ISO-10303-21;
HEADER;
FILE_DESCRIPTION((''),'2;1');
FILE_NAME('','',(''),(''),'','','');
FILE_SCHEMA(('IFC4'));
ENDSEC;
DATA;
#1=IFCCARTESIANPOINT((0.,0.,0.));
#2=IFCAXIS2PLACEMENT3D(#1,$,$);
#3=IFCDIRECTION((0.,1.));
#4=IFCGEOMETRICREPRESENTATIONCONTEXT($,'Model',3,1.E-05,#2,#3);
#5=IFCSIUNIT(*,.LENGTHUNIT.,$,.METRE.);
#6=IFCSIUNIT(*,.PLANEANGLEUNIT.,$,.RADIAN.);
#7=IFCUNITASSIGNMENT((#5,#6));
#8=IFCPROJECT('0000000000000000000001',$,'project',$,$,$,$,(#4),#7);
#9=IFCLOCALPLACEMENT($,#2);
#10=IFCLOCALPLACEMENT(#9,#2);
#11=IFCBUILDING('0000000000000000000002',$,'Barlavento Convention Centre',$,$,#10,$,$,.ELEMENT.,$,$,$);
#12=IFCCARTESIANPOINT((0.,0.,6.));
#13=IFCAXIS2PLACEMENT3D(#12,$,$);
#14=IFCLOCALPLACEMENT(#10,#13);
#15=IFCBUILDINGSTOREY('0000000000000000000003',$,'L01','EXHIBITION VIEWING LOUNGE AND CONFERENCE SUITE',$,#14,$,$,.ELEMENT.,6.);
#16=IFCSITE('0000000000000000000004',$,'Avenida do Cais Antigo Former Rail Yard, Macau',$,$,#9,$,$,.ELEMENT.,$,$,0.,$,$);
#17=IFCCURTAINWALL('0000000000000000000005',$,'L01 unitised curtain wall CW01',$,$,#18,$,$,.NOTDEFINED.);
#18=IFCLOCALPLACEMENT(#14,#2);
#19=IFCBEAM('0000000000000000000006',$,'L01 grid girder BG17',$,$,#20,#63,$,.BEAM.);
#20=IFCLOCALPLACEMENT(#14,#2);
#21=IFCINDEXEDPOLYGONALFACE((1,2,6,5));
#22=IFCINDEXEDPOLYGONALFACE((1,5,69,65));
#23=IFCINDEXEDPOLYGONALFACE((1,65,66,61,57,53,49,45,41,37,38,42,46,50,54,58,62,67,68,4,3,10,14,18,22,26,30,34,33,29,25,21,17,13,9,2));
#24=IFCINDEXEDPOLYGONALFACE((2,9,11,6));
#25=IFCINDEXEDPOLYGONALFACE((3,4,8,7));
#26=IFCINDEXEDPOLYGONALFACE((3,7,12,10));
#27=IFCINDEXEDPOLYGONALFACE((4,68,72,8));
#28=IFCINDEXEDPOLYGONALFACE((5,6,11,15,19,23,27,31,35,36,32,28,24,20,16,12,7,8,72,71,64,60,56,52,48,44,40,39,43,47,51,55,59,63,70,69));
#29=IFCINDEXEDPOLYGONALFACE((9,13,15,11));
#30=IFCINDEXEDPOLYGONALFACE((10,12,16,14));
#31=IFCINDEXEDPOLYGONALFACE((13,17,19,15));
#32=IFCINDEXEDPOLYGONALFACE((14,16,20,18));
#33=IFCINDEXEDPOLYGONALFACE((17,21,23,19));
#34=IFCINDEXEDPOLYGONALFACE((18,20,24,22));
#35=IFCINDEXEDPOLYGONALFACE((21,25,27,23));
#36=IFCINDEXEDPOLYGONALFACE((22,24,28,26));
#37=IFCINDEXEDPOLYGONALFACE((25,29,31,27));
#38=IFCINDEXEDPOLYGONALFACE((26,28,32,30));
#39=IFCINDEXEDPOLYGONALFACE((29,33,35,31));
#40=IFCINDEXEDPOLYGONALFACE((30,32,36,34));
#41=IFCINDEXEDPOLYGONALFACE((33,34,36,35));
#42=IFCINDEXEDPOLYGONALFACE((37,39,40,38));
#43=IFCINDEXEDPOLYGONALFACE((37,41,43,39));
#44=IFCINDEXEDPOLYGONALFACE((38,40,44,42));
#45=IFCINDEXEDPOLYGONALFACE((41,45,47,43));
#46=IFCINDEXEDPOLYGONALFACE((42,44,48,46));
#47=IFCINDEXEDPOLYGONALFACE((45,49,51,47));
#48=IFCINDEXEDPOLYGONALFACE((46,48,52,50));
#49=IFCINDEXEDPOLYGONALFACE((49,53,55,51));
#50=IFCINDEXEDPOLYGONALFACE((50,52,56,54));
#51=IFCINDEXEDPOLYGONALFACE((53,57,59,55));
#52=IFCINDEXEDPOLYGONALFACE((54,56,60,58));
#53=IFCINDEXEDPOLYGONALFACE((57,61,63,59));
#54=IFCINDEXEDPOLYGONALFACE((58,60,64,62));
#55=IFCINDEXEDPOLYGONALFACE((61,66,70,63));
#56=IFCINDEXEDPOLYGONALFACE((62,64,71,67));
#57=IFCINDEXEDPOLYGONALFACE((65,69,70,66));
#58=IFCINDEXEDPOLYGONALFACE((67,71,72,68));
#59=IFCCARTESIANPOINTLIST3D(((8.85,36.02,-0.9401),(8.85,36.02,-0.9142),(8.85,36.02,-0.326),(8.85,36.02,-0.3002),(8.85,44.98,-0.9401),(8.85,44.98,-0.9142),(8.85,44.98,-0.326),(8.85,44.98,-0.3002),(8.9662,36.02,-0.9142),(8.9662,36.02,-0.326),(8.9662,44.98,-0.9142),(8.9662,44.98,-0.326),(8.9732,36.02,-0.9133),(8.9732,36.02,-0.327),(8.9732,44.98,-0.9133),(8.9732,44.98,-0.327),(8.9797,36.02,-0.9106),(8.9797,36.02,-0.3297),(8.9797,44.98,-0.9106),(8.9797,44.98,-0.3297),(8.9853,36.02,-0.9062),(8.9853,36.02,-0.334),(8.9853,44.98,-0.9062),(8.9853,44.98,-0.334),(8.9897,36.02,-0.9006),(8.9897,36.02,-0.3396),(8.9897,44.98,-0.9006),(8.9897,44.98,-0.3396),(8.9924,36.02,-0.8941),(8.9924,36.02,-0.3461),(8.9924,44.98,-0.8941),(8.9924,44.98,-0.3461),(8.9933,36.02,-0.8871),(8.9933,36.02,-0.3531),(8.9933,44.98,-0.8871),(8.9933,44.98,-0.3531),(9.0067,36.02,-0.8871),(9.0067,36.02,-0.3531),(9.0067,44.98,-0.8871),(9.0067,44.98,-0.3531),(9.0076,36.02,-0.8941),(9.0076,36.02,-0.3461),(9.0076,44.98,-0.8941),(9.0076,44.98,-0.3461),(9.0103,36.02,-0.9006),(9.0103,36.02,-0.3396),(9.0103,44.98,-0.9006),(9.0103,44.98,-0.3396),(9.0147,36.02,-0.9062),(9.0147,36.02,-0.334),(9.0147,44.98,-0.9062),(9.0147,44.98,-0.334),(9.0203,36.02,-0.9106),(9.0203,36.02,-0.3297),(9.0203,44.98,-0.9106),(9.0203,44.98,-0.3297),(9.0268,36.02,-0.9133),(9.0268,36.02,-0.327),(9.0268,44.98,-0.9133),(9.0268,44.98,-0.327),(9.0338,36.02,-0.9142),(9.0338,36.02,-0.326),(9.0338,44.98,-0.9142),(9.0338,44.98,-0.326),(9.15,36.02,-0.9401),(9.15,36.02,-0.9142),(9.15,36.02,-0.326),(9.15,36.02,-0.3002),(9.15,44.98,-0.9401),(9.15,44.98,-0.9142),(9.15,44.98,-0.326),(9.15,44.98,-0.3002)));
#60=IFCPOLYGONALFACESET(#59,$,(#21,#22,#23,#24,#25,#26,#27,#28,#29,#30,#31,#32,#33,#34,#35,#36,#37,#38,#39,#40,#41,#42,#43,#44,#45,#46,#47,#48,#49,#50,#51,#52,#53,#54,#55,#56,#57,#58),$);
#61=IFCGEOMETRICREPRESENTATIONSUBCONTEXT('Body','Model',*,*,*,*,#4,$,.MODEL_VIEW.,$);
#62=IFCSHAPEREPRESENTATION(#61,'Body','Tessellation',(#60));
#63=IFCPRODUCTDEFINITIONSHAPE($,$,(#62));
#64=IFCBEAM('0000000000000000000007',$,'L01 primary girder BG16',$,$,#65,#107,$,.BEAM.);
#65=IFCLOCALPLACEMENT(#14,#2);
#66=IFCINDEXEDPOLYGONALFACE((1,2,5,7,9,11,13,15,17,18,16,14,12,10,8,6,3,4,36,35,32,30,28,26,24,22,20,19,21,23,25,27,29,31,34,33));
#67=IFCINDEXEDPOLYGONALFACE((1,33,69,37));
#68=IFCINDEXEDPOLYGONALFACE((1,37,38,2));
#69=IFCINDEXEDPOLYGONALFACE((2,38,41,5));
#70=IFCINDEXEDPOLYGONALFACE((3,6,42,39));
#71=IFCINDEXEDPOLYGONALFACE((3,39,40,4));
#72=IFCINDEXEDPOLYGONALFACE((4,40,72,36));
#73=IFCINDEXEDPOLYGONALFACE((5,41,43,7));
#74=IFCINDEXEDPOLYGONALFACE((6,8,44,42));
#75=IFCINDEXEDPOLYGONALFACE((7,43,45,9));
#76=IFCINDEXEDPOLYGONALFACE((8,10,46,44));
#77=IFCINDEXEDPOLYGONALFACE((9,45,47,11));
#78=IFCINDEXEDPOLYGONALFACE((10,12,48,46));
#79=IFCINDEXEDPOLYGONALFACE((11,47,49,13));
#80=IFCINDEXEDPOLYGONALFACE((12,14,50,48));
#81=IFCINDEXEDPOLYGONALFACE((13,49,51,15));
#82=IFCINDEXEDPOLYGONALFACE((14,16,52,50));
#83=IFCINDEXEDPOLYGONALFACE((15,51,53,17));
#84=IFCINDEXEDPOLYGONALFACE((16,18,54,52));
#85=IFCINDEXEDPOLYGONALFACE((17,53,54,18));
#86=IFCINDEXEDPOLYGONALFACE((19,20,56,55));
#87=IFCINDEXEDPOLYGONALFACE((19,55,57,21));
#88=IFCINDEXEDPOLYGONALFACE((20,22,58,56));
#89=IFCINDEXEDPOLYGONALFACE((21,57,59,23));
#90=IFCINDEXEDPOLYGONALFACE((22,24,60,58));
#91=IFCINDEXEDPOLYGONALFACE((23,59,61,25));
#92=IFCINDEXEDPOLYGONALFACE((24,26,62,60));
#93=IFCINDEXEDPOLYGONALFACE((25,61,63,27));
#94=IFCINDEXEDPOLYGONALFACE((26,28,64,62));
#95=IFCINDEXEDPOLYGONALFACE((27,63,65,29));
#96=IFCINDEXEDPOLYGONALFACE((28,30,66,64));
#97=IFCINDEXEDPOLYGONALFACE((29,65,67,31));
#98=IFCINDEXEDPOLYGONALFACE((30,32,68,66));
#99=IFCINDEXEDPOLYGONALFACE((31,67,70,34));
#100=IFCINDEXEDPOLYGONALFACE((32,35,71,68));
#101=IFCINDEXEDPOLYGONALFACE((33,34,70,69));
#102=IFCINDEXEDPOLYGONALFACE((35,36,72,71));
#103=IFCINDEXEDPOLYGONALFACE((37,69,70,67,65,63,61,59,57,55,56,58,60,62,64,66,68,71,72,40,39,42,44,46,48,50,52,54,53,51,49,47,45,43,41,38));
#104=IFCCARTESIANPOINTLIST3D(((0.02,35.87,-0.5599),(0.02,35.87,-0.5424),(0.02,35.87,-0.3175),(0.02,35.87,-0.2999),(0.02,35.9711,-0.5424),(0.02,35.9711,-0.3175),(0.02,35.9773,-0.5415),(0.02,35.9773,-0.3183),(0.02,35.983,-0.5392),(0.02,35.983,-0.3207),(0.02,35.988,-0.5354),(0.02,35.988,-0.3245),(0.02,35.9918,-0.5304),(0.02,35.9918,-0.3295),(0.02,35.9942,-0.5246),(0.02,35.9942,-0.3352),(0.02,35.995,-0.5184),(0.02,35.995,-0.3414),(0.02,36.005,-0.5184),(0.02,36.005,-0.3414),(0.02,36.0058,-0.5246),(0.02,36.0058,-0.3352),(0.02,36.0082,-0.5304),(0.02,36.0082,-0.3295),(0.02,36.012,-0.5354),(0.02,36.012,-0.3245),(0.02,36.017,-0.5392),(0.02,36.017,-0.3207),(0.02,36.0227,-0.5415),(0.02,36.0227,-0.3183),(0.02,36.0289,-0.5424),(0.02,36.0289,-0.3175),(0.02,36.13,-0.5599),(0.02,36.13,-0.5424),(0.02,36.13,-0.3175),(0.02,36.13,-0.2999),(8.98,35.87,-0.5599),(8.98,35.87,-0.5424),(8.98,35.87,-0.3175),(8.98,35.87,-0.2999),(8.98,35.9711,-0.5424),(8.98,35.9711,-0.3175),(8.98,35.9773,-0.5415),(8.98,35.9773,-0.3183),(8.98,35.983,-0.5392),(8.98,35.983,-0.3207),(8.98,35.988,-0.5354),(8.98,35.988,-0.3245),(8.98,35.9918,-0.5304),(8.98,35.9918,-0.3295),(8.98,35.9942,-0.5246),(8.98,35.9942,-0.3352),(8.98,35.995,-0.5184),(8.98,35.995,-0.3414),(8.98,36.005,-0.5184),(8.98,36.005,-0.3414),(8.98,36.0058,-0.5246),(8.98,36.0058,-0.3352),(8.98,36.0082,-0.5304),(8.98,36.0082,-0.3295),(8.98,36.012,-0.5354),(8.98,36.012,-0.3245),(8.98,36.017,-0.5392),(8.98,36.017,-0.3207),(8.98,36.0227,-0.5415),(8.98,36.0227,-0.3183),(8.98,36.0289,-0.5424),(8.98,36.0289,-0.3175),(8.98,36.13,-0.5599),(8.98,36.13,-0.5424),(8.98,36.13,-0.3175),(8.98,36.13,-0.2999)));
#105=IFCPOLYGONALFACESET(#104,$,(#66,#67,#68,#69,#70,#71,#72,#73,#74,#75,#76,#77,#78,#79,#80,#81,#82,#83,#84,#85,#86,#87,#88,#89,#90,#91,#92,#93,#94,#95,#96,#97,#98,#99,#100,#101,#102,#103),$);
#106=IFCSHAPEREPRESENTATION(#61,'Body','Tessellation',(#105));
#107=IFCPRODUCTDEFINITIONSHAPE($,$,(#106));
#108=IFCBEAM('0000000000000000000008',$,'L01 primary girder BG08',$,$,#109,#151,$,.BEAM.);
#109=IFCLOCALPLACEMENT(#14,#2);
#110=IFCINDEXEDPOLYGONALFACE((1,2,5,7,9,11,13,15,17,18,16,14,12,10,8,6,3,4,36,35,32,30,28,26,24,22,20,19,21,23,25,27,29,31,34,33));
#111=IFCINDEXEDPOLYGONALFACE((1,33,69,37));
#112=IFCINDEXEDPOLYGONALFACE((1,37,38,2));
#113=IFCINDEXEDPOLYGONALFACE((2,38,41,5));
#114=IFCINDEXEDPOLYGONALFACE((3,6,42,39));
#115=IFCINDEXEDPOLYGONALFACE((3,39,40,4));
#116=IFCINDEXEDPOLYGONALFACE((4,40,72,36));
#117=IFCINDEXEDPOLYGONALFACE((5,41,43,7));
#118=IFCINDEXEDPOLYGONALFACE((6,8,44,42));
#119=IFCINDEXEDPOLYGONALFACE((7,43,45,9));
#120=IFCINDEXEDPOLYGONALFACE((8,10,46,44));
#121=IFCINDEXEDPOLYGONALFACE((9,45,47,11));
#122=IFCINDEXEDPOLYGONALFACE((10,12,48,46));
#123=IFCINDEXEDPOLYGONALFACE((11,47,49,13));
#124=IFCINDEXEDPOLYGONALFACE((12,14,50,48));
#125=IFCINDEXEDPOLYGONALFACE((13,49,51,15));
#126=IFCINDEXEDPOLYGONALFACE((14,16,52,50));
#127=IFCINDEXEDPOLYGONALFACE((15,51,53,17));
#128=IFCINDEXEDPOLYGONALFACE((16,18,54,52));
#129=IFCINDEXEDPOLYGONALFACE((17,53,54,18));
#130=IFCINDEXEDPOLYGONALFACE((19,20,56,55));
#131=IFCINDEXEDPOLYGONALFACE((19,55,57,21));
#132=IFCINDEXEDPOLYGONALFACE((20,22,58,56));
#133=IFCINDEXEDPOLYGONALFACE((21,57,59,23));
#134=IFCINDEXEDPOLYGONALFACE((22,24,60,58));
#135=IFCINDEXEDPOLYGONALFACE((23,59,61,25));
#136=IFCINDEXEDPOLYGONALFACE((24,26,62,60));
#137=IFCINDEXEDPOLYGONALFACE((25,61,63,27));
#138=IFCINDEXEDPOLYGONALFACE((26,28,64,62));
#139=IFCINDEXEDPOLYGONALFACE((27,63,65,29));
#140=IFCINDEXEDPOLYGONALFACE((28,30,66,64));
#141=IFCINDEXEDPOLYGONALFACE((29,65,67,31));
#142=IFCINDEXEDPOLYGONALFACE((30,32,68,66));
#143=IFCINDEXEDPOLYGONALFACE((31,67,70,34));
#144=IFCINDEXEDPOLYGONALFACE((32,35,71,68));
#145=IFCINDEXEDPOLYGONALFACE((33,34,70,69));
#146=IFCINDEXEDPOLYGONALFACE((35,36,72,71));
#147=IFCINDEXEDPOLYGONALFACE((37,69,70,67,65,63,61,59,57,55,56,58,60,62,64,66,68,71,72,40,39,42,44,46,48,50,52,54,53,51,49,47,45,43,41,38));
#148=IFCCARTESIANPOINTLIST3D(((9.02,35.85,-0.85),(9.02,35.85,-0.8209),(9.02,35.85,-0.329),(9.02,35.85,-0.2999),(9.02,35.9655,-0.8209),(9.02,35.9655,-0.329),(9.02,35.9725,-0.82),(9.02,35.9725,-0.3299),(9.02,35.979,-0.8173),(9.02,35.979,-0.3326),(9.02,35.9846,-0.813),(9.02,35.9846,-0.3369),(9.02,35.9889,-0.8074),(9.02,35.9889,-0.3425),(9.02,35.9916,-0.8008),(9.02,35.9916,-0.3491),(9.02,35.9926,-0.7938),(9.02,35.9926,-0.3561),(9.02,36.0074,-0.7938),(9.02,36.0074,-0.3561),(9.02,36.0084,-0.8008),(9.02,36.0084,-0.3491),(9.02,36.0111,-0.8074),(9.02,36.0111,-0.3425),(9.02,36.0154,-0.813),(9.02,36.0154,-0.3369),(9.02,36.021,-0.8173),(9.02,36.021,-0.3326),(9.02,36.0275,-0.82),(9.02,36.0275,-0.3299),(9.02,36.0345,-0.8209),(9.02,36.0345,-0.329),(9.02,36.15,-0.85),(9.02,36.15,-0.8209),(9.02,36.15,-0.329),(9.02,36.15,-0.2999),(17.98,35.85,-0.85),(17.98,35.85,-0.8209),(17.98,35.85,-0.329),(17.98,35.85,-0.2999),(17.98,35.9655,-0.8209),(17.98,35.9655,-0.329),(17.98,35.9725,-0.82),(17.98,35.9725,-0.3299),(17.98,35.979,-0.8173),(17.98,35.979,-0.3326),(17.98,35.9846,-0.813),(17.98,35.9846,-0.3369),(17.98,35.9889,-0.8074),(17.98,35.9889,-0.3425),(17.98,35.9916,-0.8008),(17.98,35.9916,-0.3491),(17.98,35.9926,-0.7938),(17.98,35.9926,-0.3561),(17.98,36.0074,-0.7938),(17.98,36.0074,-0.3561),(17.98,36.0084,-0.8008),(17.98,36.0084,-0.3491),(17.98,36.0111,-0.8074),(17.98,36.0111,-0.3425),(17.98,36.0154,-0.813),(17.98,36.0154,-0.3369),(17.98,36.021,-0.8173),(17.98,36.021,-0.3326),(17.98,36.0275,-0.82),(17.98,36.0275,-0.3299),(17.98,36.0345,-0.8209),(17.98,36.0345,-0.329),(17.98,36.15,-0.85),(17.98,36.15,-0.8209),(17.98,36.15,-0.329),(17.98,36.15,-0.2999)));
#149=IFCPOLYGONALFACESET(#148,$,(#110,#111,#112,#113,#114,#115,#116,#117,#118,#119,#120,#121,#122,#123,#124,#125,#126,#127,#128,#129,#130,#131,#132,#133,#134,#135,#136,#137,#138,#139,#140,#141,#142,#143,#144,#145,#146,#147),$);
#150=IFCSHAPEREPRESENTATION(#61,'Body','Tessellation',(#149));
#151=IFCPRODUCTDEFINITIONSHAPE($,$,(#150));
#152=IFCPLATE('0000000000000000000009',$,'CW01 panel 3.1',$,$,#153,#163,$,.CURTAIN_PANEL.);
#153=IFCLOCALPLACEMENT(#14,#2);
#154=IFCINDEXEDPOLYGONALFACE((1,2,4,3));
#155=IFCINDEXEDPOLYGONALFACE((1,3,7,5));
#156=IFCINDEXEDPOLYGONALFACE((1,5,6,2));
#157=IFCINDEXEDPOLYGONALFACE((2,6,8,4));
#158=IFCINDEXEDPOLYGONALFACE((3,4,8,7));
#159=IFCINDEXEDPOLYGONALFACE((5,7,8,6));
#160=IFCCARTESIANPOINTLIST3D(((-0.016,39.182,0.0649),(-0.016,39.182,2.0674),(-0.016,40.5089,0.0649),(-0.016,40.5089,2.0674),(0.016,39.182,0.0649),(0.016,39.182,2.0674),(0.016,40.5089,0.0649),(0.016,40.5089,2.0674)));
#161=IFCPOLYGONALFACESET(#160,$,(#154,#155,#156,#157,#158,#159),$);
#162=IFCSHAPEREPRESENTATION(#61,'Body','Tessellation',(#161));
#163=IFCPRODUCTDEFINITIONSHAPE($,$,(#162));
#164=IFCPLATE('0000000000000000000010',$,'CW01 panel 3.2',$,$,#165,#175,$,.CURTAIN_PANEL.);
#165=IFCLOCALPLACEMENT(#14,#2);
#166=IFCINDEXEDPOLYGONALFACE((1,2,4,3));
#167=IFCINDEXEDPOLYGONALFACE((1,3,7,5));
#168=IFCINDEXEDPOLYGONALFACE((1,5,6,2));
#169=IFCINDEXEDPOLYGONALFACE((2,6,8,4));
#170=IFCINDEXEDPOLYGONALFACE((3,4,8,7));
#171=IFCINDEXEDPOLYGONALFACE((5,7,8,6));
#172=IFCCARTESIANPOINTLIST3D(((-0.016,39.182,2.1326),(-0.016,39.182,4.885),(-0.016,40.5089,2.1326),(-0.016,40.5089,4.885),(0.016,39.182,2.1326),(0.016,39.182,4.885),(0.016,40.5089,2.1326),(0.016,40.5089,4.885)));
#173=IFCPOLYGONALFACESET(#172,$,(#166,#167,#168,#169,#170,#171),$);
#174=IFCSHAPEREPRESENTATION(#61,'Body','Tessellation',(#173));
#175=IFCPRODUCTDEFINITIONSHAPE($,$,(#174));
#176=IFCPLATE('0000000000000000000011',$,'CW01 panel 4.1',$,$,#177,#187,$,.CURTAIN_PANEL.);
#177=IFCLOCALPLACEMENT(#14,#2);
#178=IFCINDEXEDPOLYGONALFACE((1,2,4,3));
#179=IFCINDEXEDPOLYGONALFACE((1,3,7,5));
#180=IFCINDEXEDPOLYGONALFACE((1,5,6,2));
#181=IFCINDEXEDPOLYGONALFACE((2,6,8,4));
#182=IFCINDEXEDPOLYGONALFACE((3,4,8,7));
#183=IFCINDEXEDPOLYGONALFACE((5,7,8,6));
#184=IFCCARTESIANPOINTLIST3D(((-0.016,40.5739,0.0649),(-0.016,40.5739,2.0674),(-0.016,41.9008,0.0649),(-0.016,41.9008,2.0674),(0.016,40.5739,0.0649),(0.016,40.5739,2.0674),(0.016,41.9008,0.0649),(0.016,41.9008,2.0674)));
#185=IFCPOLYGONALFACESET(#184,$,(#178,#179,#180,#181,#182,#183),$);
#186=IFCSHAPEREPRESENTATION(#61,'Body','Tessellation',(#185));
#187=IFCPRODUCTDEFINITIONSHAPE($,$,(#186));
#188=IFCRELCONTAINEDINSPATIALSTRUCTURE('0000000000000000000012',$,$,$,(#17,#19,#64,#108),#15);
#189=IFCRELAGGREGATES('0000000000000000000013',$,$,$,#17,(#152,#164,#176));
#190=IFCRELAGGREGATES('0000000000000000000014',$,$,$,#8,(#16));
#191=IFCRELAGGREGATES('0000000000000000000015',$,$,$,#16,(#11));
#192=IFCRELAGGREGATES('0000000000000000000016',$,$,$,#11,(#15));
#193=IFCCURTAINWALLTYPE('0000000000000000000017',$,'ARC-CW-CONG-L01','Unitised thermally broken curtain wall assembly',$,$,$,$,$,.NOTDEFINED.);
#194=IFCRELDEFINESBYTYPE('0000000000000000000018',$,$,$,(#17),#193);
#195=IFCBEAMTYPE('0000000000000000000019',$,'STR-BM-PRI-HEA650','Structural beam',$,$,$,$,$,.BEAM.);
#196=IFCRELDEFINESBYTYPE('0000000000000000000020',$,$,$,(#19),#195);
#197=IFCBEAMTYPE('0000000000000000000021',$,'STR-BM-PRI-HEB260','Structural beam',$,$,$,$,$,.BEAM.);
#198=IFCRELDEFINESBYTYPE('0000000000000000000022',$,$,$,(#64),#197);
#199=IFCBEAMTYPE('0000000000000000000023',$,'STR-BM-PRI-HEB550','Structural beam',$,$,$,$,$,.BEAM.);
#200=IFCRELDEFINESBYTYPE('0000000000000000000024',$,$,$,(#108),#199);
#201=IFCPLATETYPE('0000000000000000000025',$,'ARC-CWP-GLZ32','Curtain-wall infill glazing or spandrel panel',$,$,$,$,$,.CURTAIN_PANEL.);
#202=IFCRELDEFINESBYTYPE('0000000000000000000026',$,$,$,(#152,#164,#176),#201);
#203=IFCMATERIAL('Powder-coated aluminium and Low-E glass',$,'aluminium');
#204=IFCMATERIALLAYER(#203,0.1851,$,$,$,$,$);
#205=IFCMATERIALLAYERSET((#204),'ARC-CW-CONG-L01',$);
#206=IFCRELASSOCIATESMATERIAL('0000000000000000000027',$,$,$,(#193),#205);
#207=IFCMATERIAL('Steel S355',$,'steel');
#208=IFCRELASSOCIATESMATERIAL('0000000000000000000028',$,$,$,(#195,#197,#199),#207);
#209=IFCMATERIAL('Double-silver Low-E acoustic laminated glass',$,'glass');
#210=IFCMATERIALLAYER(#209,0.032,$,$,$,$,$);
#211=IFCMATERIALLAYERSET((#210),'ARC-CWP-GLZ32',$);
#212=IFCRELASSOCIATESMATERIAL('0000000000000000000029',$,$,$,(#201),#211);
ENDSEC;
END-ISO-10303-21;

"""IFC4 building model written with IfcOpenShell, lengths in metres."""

from ifc_helpers import new_model, si_unit, direction, frame, origin, origin_2d, place, context, subcontext, project, spatial, rectangle, i_section, extrude, material, layer, layer_set, material_profile, profile_set, type_object, element, aggregate, save


model = new_model("IFC4")

# Units and contexts
model_context = context("Model", 3, precision=1e-05, world=origin(), true_north=direction((0.0, 1.0)))
body_context = subcontext(model_context, "Body", "Model", "MODEL_VIEW")
ifc_project = project(units=[si_unit("LENGTHUNIT", "METRE"), si_unit("PLANEANGLEUNIT", "RADIAN")], contexts=[model_context])

# Site, building, storey
site_placement = place(None, origin())
site = spatial("IfcSite", under=ifc_project, at=site_placement, Name="Avenida do Cais Antigo Former Rail Yard, Macau", CompositionType="ELEMENT", RefElevation=0.0)
building_placement = place(site_placement, origin())
building = spatial("IfcBuilding", under=site, at=building_placement, Name="Barlavento Convention Centre", CompositionType="ELEMENT")
storey_placement = place(building_placement, frame((0.0, 0.0, 6.0)))
storey = spatial("IfcBuildingStorey", under=building, at=storey_placement, Name="L01", Description="EXHIBITION VIEWING LOUNGE AND CONFERENCE SUITE", CompositionType="ELEMENT", Elevation=6.0)

# Shared definitions
ifc_material_1 = material(Name="Steel S355", Category="steel")

# Curtain wall
ifc_material_2 = material(Name="Powder-coated aluminium and Low-E glass", Category="aluminium")
ifc_layer_1 = layer(ifc_material_2, 0.1851)
ifc_layer_set_1 = layer_set([ifc_layer_1], Name="ARC-CW-CONG-L01")
curtain_wall_type = type_object("IfcCurtainWallType", Name="ARC-CW-CONG-L01", Description="Unitised thermally broken curtain wall assembly", PredefinedType="NOTDEFINED", material=ifc_layer_set_1)
curtain_wall_placement = place(storey_placement, origin())
curtain_wall = element("IfcCurtainWall", 1, at=curtain_wall_placement, inside=storey, type_object=curtain_wall_type, Name="L01 unitised curtain wall CW01", PredefinedType="NOTDEFINED")

# Beams
ifc_material_profile_1 = material_profile(ifc_material_1, i_section(OverallWidth=0.3, OverallDepth=0.6399, WebThickness=0.0134, FlangeThickness=0.0259, FilletRadius=0.0271, at=origin_2d()), Name="HEA 650")
ifc_profile_set_1 = profile_set([ifc_material_profile_1], Name="Steel S355")
beam_type_1 = type_object("IfcBeamType", Name="STR-BM-PRI-HEA650", Description="Structural beam", PredefinedType="BEAM", material=ifc_profile_set_1)
beam_1_placement = place(storey_placement, frame((9.0, 36.02, -0.6201), z_axis=(0.0, 1.0, 0.0), x_axis=(-1.0, 0.0, 0.0)))
element("IfcBeam", 2, at=beam_1_placement, inside=storey, type_object=beam_type_1, Name="L01 grid girder BG17", PredefinedType="BEAM", context=body_context, shape_type="SweptSolid", body=[
    extrude(i_section(OverallWidth=0.3, OverallDepth=0.6399, WebThickness=0.0134, FlangeThickness=0.0259, FilletRadius=0.0271, at=origin_2d()), origin(), (0.0, 0.0, 1.0), 8.96),
])
ifc_material_profile_2 = material_profile(ifc_material_1, i_section(OverallWidth=0.26, OverallDepth=0.26, WebThickness=0.01, FlangeThickness=0.0176, FilletRadius=0.0239, at=origin_2d()), Name="HEB 260")
ifc_profile_set_2 = profile_set([ifc_material_profile_2], Name="Steel S355")
beam_type_2 = type_object("IfcBeamType", Name="STR-BM-PRI-HEB260", Description="Structural beam", PredefinedType="BEAM", material=ifc_profile_set_2)
beam_2_placement = place(storey_placement, frame((0.02, 36.0, -0.4299), z_axis=(1.0, 0.0, 0.0), x_axis=(0.0, 1.0, 0.0)))
element("IfcBeam", 3, at=beam_2_placement, inside=storey, type_object=beam_type_2, Name="L01 primary girder BG16", PredefinedType="BEAM", context=body_context, shape_type="SweptSolid", body=[
    extrude(i_section(OverallWidth=0.26, OverallDepth=0.26, WebThickness=0.01, FlangeThickness=0.0176, FilletRadius=0.0239, at=origin_2d()), origin(), (0.0, 0.0, 1.0), 8.96),
])
ifc_material_profile_3 = material_profile(ifc_material_1, i_section(OverallWidth=0.3, OverallDepth=0.55, WebThickness=0.0149, FlangeThickness=0.0291, FilletRadius=0.0271, at=origin_2d()), Name="HEB 550")
ifc_profile_set_3 = profile_set([ifc_material_profile_3], Name="Steel S355")
beam_type_3 = type_object("IfcBeamType", Name="STR-BM-PRI-HEB550", Description="Structural beam", PredefinedType="BEAM", material=ifc_profile_set_3)
beam_3_placement = place(storey_placement, frame((9.02, 36.0, -0.575), z_axis=(1.0, 0.0, 0.0), x_axis=(0.0, 1.0, 0.0)))
element("IfcBeam", 4, at=beam_3_placement, inside=storey, type_object=beam_type_3, Name="L01 primary girder BG08", PredefinedType="BEAM", context=body_context, shape_type="SweptSolid", body=[
    extrude(i_section(OverallWidth=0.3, OverallDepth=0.55, WebThickness=0.0149, FlangeThickness=0.0291, FilletRadius=0.0271, at=origin_2d()), origin(), (0.0, 0.0, 1.0), 8.96),
])

# Plates
ifc_material_3 = material(Name="Double-silver Low-E acoustic laminated glass", Category="glass")
ifc_layer_2 = layer(ifc_material_3, 0.032)
ifc_layer_set_2 = layer_set([ifc_layer_2], Name="ARC-CWP-GLZ32")
plate_type_1 = type_object("IfcPlateType", Name="ARC-CWP-GLZ32", Description="Curtain-wall infill glazing or spandrel panel", PredefinedType="CURTAIN_PANEL", material=ifc_layer_set_2)
plate_1_placement = place(storey_placement, frame((0.0, 39.8455, 0.0649), z_axis=(0.0, 0.0, 1.0), x_axis=(0.0, 1.0, 0.0)))
plate_1 = element("IfcPlate", 5, at=plate_1_placement, type_object=plate_type_1, Name="CW01 panel 3.1", PredefinedType="CURTAIN_PANEL", context=body_context, shape_type="SweptSolid", body=[
    extrude(rectangle(XDim=1.3269, YDim=0.032, at=origin_2d()), origin(), (0.0, 0.0, 1.0), 2.0024),
])
plate_2_placement = place(storey_placement, frame((0.0, 39.8455, 2.1326), z_axis=(0.0, 0.0, 1.0), x_axis=(0.0, 1.0, 0.0)))
plate_2 = element("IfcPlate", 6, at=plate_2_placement, type_object=plate_type_1, Name="CW01 panel 3.2", PredefinedType="CURTAIN_PANEL", context=body_context, shape_type="SweptSolid", body=[
    extrude(rectangle(XDim=1.3269, YDim=0.032, at=origin_2d()), origin(), (0.0, 0.0, 1.0), 2.7524),
])
plate_3_placement = place(storey_placement, frame((0.0, 41.2373, 0.0649), z_axis=(0.0, 0.0, 1.0), x_axis=(0.0, 1.0, 0.0)))
plate_3 = element("IfcPlate", 7, at=plate_3_placement, type_object=plate_type_1, Name="CW01 panel 4.1", PredefinedType="CURTAIN_PANEL", context=body_context, shape_type="SweptSolid", body=[
    extrude(rectangle(XDim=1.3269, YDim=0.032, at=origin_2d()), origin(), (0.0, 0.0, 1.0), 2.0024),
])
aggregate(curtain_wall, [plate_1, plate_2, plate_3])

save(model, "model.ifc")
